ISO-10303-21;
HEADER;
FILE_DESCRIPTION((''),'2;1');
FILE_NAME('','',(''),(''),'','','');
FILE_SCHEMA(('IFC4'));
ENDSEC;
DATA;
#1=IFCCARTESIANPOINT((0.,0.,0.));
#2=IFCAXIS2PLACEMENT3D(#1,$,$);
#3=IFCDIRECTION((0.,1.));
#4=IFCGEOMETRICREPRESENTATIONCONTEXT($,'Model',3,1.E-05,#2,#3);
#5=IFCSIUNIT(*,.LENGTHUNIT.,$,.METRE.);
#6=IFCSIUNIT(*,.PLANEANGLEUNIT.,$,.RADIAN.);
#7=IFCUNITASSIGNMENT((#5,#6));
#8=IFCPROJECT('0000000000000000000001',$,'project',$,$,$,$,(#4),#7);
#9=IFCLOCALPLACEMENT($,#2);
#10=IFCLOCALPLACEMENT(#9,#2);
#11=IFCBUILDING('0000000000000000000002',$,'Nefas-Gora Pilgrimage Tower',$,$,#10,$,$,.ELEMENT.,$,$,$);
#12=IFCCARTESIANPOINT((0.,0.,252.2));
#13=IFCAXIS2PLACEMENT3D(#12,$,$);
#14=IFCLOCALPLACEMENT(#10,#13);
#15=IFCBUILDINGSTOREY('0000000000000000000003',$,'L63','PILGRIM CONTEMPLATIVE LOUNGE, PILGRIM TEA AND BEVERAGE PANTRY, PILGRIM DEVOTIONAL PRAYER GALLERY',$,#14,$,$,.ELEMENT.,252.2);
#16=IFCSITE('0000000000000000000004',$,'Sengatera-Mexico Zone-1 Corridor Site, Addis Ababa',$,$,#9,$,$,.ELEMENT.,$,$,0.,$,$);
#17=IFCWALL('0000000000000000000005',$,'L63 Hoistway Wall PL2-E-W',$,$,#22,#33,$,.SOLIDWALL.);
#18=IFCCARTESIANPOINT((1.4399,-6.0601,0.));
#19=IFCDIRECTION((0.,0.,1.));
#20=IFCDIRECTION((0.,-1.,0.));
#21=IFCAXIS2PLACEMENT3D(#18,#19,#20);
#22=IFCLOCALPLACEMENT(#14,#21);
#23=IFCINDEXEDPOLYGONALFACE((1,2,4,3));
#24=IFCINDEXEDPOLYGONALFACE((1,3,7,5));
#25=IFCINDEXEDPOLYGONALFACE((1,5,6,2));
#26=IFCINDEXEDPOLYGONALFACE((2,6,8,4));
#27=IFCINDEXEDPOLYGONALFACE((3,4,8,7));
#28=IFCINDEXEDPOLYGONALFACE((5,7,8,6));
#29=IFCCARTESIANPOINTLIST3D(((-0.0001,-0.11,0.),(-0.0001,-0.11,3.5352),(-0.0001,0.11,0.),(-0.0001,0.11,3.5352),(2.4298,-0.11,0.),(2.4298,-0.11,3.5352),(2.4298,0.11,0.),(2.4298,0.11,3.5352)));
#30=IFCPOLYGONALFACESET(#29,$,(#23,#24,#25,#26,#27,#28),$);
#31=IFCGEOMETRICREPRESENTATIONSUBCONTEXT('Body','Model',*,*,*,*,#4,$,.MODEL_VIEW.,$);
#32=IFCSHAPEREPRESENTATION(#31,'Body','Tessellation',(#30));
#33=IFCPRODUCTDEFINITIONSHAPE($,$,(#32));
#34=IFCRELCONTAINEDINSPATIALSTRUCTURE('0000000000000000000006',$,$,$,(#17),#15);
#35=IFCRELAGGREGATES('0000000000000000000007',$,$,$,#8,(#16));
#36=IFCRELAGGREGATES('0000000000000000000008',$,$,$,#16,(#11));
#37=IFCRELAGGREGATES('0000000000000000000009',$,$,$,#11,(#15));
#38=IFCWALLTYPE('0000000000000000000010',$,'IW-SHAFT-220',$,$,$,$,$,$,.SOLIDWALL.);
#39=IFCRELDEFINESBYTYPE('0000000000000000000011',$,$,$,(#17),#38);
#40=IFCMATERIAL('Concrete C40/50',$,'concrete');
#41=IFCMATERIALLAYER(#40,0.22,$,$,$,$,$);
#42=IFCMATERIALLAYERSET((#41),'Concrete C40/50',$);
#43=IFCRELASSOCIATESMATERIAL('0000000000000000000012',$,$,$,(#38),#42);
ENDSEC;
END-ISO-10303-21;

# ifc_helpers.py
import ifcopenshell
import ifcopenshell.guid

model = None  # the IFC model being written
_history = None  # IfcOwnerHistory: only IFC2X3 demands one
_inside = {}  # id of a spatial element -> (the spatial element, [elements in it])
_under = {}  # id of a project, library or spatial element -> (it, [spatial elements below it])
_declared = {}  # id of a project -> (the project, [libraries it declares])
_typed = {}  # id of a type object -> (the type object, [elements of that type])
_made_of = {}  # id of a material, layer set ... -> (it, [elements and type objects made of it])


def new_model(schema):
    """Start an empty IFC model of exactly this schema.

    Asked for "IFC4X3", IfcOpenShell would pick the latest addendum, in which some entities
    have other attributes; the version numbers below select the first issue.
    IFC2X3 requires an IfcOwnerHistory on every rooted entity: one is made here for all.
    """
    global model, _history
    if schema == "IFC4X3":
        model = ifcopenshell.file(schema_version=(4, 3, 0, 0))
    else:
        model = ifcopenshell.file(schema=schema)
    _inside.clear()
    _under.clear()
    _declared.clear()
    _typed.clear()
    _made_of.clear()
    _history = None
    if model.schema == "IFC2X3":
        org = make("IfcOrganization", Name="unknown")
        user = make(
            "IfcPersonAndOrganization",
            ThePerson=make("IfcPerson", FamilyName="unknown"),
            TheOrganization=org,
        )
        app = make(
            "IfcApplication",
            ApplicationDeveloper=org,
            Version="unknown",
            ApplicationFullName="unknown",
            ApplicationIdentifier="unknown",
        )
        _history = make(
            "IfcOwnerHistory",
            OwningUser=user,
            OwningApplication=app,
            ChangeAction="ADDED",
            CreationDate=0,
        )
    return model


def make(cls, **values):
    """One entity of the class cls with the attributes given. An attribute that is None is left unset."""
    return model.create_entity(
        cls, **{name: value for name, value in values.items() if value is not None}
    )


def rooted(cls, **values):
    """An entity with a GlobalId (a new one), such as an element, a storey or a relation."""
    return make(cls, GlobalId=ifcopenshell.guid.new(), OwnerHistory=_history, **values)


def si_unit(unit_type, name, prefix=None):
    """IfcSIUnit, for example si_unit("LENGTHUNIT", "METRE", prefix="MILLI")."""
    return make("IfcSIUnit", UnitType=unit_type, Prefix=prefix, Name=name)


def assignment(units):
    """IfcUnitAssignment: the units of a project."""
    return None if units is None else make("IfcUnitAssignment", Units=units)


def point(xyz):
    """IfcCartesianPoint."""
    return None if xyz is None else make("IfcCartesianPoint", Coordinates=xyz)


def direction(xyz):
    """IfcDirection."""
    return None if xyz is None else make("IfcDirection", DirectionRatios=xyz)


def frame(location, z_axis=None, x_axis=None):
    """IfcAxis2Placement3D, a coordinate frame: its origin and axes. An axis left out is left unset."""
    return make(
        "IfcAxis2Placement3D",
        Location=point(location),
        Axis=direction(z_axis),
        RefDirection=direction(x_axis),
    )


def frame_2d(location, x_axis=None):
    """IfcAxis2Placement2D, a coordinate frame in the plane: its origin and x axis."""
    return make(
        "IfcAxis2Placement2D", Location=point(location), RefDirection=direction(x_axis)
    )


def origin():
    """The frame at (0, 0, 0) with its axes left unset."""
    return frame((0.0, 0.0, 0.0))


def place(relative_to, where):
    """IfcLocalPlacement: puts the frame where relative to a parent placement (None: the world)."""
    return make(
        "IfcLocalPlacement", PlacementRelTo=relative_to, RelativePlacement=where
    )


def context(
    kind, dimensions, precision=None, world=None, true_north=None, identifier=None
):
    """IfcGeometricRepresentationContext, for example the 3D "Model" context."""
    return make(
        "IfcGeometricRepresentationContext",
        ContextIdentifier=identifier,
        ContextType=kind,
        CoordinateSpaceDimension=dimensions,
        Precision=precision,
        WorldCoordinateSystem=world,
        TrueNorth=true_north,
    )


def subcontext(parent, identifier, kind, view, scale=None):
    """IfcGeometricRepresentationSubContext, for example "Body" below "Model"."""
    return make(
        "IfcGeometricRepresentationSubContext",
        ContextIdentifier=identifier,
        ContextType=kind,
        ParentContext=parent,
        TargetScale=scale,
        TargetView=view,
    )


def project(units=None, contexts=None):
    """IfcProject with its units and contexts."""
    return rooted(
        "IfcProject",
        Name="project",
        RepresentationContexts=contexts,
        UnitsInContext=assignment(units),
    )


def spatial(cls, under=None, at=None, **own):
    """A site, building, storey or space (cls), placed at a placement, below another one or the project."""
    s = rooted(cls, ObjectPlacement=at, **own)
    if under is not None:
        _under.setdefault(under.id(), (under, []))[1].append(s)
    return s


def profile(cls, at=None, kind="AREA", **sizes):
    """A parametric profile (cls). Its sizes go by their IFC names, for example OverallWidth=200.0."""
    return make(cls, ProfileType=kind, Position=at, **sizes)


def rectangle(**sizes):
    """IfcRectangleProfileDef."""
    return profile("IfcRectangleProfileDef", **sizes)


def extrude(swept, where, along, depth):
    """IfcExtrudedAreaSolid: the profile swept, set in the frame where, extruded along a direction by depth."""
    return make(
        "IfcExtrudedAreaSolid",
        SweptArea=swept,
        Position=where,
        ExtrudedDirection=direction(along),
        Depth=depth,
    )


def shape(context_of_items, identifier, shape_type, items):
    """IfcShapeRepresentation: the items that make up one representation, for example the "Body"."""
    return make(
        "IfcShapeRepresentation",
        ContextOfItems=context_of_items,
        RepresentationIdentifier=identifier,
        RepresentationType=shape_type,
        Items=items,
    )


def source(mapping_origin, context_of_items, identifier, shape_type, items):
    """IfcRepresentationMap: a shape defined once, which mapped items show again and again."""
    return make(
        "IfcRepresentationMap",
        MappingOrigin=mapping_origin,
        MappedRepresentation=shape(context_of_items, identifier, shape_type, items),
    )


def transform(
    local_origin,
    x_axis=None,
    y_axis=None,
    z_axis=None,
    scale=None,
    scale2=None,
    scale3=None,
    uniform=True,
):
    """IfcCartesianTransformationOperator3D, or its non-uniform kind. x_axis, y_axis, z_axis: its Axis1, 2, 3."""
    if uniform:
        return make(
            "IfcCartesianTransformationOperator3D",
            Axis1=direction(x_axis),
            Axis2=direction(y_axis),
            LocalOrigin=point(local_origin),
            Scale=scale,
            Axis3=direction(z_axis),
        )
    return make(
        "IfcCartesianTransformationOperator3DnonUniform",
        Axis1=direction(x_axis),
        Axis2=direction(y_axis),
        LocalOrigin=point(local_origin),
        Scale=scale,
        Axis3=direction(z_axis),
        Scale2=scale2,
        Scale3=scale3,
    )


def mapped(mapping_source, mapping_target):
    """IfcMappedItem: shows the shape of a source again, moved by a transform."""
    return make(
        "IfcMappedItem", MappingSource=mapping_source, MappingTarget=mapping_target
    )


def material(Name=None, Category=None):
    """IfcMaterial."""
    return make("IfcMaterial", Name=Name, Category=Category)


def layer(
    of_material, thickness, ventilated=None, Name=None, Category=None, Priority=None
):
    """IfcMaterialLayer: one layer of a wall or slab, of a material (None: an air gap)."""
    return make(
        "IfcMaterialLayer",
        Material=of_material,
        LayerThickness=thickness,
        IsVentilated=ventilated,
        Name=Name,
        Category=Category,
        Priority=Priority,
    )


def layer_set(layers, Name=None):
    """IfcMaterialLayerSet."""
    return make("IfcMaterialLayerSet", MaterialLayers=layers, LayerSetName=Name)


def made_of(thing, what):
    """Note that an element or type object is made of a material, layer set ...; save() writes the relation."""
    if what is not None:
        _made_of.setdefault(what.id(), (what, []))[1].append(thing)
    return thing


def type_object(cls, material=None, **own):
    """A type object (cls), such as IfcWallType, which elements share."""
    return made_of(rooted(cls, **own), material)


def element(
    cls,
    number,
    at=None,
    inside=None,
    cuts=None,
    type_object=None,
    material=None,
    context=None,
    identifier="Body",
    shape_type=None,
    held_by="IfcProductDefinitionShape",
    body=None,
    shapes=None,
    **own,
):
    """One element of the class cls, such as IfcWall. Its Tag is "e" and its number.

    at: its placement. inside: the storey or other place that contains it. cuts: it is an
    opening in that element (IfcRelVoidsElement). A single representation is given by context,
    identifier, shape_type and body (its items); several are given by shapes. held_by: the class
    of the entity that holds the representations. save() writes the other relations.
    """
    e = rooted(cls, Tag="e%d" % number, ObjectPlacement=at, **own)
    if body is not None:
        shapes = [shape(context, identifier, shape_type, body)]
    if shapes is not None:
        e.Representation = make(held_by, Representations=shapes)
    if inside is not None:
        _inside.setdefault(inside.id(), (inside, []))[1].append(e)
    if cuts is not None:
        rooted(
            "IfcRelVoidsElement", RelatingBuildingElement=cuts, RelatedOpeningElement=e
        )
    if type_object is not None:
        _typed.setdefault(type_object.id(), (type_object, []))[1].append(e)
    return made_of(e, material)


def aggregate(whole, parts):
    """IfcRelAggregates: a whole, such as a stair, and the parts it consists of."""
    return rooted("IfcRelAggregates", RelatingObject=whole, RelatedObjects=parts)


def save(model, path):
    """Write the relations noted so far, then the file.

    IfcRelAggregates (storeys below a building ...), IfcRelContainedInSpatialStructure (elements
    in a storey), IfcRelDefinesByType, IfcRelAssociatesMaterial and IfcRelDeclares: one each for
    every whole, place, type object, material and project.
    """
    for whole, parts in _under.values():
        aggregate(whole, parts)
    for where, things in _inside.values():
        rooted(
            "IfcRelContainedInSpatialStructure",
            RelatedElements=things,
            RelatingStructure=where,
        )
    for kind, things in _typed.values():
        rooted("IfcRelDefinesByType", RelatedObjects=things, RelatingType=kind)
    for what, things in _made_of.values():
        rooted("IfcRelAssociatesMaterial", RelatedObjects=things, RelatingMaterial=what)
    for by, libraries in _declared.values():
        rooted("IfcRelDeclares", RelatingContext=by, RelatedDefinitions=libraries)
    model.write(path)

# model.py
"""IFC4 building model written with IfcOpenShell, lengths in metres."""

from ifc_helpers import new_model, si_unit, direction, frame, frame_2d, origin, place, context, subcontext, project, spatial, rectangle, extrude, source, transform, mapped, material, layer, layer_set, type_object, element, save


model = new_model("IFC4")

# Units and contexts
model_context = context("Model", 3, precision=1e-05, world=origin(), true_north=direction((0.0, 1.0)))
body_context = subcontext(model_context, "Body", "Model", "MODEL_VIEW")
ifc_project = project(units=[si_unit("LENGTHUNIT", "METRE"), si_unit("PLANEANGLEUNIT", "RADIAN")], contexts=[model_context])

# Site, building, storey
site_placement = place(None, origin())
site = spatial("IfcSite", under=ifc_project, at=site_placement, Name="Sengatera-Mexico Zone-1 Corridor Site, Addis Ababa", CompositionType="ELEMENT", RefElevation=0.0)
building_placement = place(site_placement, origin())
building = spatial("IfcBuilding", under=site, at=building_placement, Name="Nefas-Gora Pilgrimage Tower", CompositionType="ELEMENT")
storey_placement = place(building_placement, frame((0.0, 0.0, 252.2)))
storey = spatial("IfcBuildingStorey", under=building, at=storey_placement, Name="L63", Description="PILGRIM CONTEMPLATIVE LOUNGE, PILGRIM TEA AND BEVERAGE PANTRY, PILGRIM DEVOTIONAL PRAYER GALLERY", CompositionType="ELEMENT", Elevation=252.2)

# Shared definitions
ifc_material_1 = material(Name="Concrete C40/50", Category="concrete")

# Shared definitions
ifc_layer_1 = layer(ifc_material_1, 0.22)
ifc_layer_set_1 = layer_set([ifc_layer_1], Name="Concrete C40/50")
wall_type_1 = type_object("IfcWallType", Name="IW-SHAFT-220", PredefinedType="SOLIDWALL", material=ifc_layer_set_1)

# Wall
shared_shape_1 = source(origin(), body_context, "Body", "SweptSolid", [
    extrude(rectangle(XDim=2.4299, YDim=0.22, at=frame_2d((1.2148, 0.0))), origin(), (0.0, 0.0, 1.0), 3.5352),
])
for number, where, z_axis, x_axis, name in (
    (1, (1.4399, -6.0601, 0.0), (0.0, 0.0, 1.0), (0.0, -1.0, 0.0), "L63 Hoistway Wall PL2-E-W"),
):
    element("IfcWall", number, at=place(storey_placement, frame(where, z_axis=z_axis, x_axis=x_axis)), inside=storey, type_object=wall_type_1, Name=name, PredefinedType="SOLIDWALL", context=body_context, shape_type="MappedRepresentation", body=[
        mapped(shared_shape_1, transform((0.0, 0.0, 0.0), x_axis=(1.0, 0.0, 0.0), y_axis=(0.0, 1.0, 0.0), z_axis=(0.0, 0.0, 1.0), scale=1.0)),
    ])

save(model, "model.ifc")
